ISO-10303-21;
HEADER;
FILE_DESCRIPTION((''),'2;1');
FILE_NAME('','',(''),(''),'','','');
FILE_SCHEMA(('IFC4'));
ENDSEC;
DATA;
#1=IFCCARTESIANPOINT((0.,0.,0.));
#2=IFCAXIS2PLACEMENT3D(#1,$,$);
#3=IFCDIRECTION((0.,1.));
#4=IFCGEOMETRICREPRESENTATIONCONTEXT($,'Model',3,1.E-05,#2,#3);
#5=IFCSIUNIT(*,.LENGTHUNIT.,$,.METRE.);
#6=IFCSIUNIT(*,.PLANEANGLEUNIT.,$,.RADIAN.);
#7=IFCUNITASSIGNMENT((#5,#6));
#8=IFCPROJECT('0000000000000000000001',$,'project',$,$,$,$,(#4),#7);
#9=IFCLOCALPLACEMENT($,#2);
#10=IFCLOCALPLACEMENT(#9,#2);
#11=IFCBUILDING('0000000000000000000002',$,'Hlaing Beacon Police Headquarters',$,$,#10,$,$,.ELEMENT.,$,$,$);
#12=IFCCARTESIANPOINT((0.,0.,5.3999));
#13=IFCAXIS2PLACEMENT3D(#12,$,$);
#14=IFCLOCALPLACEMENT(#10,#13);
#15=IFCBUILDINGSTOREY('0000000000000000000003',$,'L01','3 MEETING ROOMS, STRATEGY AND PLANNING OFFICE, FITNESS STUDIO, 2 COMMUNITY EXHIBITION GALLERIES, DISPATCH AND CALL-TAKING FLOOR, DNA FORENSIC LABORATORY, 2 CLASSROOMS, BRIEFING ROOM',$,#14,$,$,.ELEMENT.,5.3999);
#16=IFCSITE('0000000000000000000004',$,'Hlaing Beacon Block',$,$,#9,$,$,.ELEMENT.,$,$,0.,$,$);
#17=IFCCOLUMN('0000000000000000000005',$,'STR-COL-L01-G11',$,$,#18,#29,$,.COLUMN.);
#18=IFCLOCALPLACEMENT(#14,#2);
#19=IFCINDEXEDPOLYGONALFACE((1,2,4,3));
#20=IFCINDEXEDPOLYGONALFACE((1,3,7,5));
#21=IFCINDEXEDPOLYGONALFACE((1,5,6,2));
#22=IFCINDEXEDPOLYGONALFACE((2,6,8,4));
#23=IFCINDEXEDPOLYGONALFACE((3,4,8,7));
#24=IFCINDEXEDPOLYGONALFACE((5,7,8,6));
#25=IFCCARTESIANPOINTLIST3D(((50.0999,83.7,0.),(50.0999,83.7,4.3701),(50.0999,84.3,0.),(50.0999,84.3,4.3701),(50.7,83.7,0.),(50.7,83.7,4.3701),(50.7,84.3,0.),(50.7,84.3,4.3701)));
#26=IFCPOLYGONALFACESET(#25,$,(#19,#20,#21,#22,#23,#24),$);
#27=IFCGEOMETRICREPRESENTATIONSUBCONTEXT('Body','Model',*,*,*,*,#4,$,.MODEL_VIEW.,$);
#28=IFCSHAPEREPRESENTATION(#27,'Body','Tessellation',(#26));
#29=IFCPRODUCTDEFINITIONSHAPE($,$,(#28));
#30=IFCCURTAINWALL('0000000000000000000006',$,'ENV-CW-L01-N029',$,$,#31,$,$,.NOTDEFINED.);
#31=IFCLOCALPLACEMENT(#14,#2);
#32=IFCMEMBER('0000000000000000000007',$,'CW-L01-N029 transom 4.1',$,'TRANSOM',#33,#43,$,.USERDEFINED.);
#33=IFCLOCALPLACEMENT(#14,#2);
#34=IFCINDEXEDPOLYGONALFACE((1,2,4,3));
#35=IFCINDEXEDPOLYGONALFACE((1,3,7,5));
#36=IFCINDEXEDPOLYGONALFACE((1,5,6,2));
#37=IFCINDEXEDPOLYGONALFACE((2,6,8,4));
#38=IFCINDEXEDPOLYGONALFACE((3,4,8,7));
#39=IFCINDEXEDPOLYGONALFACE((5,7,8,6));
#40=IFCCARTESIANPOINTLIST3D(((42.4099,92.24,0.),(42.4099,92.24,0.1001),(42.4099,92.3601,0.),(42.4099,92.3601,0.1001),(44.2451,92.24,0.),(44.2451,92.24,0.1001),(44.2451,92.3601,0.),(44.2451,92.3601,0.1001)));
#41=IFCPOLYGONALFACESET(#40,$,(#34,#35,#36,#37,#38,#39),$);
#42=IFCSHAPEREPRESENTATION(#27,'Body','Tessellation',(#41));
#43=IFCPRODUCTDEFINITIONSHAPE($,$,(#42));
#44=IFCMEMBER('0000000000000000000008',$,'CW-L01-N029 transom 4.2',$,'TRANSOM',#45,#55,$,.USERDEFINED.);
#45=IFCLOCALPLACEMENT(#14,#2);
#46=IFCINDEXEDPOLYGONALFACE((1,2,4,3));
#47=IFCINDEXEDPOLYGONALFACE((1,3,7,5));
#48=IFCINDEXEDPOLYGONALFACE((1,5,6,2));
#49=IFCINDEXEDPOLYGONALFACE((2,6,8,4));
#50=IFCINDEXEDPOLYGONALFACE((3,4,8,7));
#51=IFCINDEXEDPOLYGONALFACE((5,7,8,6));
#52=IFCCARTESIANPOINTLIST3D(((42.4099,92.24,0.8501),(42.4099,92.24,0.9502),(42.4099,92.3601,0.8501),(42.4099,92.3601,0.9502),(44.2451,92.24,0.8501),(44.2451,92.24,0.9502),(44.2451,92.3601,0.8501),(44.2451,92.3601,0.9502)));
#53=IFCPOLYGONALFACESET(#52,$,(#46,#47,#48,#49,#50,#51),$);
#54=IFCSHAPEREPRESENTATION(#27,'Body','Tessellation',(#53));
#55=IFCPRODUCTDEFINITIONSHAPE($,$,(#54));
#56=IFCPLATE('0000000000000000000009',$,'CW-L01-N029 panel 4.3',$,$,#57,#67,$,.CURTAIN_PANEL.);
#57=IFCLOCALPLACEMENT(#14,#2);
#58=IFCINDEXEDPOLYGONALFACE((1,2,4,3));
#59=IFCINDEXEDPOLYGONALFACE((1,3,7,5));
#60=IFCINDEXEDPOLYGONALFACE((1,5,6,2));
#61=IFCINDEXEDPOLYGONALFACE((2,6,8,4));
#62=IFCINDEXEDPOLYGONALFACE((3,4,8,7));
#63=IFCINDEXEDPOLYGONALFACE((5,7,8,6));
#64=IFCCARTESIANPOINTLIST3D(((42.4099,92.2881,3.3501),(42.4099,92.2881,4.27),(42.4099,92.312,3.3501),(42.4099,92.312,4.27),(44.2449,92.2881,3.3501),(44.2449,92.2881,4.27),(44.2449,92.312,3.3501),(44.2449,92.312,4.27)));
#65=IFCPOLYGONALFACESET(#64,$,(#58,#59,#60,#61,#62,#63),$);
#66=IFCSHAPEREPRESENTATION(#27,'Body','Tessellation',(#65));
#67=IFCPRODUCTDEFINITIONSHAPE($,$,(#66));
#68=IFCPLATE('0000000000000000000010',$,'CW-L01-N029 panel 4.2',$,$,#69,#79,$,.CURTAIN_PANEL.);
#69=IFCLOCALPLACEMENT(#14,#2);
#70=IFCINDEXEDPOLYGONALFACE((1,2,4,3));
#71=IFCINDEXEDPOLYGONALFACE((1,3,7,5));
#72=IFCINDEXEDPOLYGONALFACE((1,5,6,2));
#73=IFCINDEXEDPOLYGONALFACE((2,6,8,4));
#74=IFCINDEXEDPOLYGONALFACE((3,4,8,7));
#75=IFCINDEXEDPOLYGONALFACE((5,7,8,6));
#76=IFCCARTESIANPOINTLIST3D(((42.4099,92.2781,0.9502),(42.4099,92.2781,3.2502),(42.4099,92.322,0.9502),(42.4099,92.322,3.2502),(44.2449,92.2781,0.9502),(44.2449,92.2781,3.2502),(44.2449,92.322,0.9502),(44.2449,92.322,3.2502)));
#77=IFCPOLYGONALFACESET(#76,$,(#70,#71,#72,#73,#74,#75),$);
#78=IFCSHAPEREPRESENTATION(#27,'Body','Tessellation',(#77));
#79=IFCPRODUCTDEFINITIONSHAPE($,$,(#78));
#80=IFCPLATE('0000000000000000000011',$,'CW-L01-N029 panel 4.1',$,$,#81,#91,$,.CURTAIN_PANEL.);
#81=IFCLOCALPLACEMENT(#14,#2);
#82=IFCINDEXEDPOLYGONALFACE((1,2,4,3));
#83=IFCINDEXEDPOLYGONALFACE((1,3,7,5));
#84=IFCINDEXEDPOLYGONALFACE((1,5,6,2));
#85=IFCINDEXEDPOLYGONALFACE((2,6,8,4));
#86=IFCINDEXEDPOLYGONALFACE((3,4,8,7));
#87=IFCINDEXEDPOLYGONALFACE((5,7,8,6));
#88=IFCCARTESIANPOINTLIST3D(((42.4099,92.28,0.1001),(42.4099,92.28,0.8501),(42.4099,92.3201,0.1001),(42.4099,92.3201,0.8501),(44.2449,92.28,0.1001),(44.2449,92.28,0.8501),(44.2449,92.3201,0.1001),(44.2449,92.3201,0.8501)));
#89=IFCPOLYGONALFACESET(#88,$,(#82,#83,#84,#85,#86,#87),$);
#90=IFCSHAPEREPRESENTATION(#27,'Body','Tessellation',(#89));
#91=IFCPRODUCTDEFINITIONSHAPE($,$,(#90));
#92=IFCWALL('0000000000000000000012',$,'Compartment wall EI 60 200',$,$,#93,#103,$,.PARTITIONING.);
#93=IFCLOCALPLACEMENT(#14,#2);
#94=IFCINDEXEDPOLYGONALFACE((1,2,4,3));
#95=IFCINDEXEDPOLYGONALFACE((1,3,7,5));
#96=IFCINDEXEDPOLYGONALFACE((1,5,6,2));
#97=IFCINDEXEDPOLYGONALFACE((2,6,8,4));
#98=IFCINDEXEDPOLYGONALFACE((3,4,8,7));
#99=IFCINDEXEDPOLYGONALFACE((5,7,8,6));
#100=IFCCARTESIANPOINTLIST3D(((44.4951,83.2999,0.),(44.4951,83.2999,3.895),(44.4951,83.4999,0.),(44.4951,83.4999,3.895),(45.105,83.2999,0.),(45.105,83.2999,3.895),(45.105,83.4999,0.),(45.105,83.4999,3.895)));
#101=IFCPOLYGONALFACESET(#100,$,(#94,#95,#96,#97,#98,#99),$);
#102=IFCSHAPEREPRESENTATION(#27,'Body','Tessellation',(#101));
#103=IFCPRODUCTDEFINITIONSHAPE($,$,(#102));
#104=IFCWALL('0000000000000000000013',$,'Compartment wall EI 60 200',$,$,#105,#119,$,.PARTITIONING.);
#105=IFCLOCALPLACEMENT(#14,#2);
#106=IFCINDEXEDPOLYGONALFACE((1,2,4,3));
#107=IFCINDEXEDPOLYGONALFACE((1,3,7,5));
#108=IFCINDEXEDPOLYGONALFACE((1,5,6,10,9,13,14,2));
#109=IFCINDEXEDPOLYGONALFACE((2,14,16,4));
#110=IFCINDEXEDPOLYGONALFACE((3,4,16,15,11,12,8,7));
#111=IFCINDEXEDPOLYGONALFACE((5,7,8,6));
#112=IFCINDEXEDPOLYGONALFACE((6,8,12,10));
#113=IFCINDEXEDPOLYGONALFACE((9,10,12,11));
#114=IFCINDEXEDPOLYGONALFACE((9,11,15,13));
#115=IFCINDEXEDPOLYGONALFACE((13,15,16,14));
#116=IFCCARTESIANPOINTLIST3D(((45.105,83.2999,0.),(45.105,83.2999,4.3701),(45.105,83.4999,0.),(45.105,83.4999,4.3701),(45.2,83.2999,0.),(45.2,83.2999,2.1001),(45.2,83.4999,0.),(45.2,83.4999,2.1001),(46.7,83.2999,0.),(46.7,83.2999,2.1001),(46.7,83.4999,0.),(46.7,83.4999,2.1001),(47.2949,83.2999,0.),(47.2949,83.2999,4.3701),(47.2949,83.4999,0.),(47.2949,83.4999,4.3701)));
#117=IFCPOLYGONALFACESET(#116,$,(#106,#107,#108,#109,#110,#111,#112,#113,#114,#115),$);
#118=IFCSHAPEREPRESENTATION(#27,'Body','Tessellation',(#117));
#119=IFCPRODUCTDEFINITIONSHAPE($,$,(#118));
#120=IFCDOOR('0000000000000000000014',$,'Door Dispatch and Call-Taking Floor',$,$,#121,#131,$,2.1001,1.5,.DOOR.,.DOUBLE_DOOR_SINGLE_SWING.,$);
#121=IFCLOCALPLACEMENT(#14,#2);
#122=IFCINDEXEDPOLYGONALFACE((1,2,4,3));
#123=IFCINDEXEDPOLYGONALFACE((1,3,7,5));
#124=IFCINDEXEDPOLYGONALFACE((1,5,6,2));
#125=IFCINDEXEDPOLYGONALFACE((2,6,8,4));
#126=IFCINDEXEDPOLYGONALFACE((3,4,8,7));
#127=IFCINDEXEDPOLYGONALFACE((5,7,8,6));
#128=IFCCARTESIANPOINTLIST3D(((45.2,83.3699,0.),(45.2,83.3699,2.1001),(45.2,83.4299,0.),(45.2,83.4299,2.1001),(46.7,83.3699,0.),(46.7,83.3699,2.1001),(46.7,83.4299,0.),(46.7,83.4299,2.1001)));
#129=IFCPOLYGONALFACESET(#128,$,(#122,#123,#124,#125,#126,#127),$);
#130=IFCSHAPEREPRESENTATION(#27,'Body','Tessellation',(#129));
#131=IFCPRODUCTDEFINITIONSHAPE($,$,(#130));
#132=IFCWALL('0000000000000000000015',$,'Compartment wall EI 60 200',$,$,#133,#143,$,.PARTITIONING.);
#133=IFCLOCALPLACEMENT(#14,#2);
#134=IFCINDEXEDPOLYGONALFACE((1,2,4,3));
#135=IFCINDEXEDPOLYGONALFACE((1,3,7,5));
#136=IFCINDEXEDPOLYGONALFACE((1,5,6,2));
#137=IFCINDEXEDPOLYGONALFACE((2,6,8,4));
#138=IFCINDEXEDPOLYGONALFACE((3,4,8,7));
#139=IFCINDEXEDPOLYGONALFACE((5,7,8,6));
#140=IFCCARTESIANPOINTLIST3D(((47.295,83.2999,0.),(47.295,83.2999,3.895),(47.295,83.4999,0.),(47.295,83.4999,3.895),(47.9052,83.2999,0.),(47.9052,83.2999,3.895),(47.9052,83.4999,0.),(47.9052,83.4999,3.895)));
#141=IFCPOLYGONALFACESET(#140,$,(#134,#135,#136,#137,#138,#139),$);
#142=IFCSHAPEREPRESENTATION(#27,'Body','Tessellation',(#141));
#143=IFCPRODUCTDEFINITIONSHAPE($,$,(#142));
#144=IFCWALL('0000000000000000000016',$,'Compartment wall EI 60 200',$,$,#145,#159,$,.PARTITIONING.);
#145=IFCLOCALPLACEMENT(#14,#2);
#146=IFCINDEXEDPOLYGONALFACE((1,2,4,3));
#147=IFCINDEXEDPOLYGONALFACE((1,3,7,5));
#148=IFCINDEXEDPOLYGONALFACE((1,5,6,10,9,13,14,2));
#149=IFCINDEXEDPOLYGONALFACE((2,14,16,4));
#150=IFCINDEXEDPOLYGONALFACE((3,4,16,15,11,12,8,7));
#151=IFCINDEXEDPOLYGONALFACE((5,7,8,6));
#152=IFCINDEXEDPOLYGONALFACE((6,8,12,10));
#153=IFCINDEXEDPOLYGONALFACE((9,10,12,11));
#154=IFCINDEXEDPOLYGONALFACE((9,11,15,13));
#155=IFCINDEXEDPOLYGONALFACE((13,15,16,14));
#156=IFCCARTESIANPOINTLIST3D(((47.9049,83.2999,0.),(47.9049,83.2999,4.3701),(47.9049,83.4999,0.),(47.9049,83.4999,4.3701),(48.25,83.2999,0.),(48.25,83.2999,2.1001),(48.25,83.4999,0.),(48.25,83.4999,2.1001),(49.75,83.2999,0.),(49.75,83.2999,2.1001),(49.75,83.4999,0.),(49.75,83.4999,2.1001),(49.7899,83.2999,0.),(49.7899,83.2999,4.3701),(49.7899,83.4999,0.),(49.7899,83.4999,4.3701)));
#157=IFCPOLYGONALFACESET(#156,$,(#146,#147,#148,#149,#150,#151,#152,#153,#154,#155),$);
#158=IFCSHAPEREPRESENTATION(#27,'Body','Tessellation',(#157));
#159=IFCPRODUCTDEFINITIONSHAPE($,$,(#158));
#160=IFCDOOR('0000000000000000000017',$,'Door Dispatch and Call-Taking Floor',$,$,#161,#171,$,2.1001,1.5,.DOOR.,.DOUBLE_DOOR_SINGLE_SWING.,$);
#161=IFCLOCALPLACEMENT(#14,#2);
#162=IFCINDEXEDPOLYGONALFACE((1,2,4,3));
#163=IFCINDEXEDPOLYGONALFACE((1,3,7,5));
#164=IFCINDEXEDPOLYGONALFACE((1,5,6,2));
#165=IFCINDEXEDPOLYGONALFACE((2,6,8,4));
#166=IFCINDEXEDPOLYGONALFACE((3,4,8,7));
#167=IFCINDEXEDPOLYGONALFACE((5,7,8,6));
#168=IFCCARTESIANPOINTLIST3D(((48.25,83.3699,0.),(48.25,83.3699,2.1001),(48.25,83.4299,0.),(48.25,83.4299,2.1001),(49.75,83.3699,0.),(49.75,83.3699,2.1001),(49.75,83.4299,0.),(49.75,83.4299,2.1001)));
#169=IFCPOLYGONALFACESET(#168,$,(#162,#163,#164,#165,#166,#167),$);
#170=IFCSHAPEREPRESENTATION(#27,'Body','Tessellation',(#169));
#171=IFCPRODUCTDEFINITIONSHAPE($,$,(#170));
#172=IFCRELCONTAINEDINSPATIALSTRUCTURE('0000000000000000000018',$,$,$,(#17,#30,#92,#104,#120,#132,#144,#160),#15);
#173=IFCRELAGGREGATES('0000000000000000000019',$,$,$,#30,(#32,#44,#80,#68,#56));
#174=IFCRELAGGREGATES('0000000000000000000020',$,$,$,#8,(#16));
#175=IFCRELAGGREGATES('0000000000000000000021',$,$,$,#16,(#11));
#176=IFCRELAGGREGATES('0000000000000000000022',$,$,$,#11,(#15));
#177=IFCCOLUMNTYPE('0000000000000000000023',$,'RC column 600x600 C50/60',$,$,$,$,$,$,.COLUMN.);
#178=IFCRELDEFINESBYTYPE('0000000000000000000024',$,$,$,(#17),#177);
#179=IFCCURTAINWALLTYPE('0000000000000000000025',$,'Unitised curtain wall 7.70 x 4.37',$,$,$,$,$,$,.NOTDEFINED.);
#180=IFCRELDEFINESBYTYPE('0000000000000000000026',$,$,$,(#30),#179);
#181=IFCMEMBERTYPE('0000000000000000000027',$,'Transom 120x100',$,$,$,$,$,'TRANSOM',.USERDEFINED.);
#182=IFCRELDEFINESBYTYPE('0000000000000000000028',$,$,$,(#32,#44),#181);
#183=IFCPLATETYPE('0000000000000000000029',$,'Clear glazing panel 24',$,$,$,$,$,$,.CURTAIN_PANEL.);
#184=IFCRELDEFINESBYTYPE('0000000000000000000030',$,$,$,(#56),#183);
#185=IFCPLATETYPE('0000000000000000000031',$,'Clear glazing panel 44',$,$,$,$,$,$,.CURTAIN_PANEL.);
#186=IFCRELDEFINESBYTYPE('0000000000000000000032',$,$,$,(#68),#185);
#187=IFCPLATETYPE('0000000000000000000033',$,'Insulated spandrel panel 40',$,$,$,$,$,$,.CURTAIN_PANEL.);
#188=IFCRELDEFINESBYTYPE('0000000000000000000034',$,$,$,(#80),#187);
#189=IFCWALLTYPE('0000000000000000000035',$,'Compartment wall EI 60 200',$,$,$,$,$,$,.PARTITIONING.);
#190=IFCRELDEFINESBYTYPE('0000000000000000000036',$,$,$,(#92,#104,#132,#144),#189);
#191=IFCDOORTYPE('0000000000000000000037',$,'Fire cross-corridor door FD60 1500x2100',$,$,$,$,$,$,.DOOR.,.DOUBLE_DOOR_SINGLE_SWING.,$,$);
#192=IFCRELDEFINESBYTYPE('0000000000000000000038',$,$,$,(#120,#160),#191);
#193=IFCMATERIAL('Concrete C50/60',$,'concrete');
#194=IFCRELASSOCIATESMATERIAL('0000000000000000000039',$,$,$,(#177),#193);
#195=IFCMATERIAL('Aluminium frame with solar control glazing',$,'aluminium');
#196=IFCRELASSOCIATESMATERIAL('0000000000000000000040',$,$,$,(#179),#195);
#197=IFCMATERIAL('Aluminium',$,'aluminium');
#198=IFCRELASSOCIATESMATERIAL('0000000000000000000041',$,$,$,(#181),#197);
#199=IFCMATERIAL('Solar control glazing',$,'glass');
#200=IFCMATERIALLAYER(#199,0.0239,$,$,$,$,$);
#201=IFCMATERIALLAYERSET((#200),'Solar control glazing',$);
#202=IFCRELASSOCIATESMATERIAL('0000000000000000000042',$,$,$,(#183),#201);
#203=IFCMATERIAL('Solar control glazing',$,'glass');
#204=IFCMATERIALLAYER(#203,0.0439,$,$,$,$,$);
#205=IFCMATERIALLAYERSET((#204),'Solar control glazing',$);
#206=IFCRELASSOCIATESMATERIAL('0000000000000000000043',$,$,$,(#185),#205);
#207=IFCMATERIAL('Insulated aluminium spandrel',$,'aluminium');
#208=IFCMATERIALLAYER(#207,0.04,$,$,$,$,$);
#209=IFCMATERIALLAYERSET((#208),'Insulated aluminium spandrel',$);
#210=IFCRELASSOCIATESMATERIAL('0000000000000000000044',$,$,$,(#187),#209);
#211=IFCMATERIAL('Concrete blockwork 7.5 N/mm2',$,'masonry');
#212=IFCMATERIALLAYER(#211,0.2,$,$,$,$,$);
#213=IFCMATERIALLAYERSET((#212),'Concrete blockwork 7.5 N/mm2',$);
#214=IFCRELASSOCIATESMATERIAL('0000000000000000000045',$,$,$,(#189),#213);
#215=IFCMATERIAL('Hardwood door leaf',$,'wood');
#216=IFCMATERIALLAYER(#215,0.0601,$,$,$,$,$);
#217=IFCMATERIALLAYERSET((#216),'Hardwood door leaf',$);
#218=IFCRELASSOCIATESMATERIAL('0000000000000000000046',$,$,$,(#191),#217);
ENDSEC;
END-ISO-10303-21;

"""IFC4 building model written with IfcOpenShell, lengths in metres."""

from ifc_helpers import new_model, si_unit, direction, frame, frame_2d, origin, origin_2d, place, context, subcontext, project, spatial, rectangle, extrude, material, layer, layer_set, material_profile, profile_set, type_object, element, fill, aggregate, save


model = new_model("IFC4")

# Units and contexts
model_context = context("Model", 3, precision=1e-05, world=origin(), true_north=direction((0.0, 1.0)))
body_context = subcontext(model_context, "Body", "Model", "MODEL_VIEW")
ifc_project = project(units=[si_unit("LENGTHUNIT", "METRE"), si_unit("PLANEANGLEUNIT", "RADIAN")], contexts=[model_context])

# Site, building, storey
site_placement = place(None, origin())
site = spatial("IfcSite", under=ifc_project, at=site_placement, Name="Hlaing Beacon Block", CompositionType="ELEMENT", RefElevation=0.0)
building_placement = place(site_placement, origin())
building = spatial("IfcBuilding", under=site, at=building_placement, Name="Hlaing Beacon Police Headquarters", CompositionType="ELEMENT")
storey_placement = place(building_placement, frame((0.0, 0.0, 5.3999)))
storey = spatial("IfcBuildingStorey", under=building, at=storey_placement, Name="L01", Description="3 MEETING ROOMS, STRATEGY AND PLANNING OFFICE, FITNESS STUDIO, 2 COMMUNITY EXHIBITION GALLERIES, DISPATCH AND CALL-TAKING FLOOR, DNA FORENSIC LABORATORY, 2 CLASSROOMS, BRIEFING ROOM", CompositionType="ELEMENT", Elevation=5.3999)

# Column
ifc_material_1 = material(Name="Concrete C50/60", Category="concrete")
ifc_material_profile_1 = material_profile(ifc_material_1, rectangle(XDim=0.6001, YDim=0.6001, at=origin_2d()), Name="600x600")
ifc_profile_set_1 = profile_set([ifc_material_profile_1], Name="Concrete C50/60")
column_type = type_object("IfcColumnType", Name="RC column 600x600 C50/60", PredefinedType="COLUMN", material=ifc_profile_set_1)
column_placement = place(storey_placement, frame((50.3999, 84.0, 0.0), z_axis=(0.0, 0.0, 1.0), x_axis=(1.0, 0.0, 0.0)))
element("IfcColumn", 1, at=column_placement, inside=storey, type_object=column_type, Name="STR-COL-L01-G11", PredefinedType="COLUMN", context=body_context, shape_type="SweptSolid", body=[
    extrude(rectangle(XDim=0.6001, YDim=0.6001, at=origin_2d()), origin(), (0.0, 0.0, 1.0), 4.3701),
])

# Curtain wall, members, plates
ifc_material_2 = material(Name="Aluminium frame with solar control glazing", Category="aluminium")
curtain_wall_type = type_object("IfcCurtainWallType", Name="Unitised curtain wall 7.70 x 4.37", PredefinedType="NOTDEFINED", material=ifc_material_2)
curtain_wall_placement = place(storey_placement, origin())
curtain_wall = element("IfcCurtainWall", 2, at=curtain_wall_placement, inside=storey, type_object=curtain_wall_type, Name="ENV-CW-L01-N029", PredefinedType="NOTDEFINED")
ifc_material_3 = material(Name="Aluminium", Category="aluminium")
ifc_material_profile_2 = material_profile(ifc_material_3, rectangle(XDim=0.1201, YDim=0.1001, at=origin_2d()), Name="Transom 120x100")
ifc_profile_set_2 = profile_set([ifc_material_profile_2], Name="Aluminium")
member_type = type_object("IfcMemberType", Name="Transom 120x100", ElementType="TRANSOM", PredefinedType="USERDEFINED", material=ifc_profile_set_2)
member_1_placement = place(storey_placement, frame((44.2451, 92.3, 0.05), z_axis=(-1.0, 0.0, 0.0), x_axis=(0.0, -1.0, 0.0)))
member_1 = element("IfcMember", 3, at=member_1_placement, type_object=member_type, Name="CW-L01-N029 transom 4.1", ObjectType="TRANSOM", PredefinedType="USERDEFINED", context=body_context, shape_type="SweptSolid", body=[
    extrude(rectangle(XDim=0.1201, YDim=0.1001, at=origin_2d()), origin(), (0.0, 0.0, 1.0), 1.8352),
])
member_2_placement = place(storey_placement, frame((44.2451, 92.3, 0.9001), z_axis=(-1.0, 0.0, 0.0), x_axis=(0.0, -1.0, 0.0)))
member_2 = element("IfcMember", 4, at=member_2_placement, type_object=member_type, Name="CW-L01-N029 transom 4.2", ObjectType="TRANSOM", PredefinedType="USERDEFINED", context=body_context, shape_type="SweptSolid", body=[
    extrude(rectangle(XDim=0.1201, YDim=0.1001, at=origin_2d()), origin(), (0.0, 0.0, 1.0), 1.8352),
])
ifc_material_4 = material(Name="Solar control glazing", Category="glass")
ifc_layer_1 = layer(ifc_material_4, 0.0239)
ifc_layer_set_1 = layer_set([ifc_layer_1], Name="Solar control glazing")
plate_type_1 = type_object("IfcPlateType", Name="Clear glazing panel 24", PredefinedType="CURTAIN_PANEL", material=ifc_layer_set_1)
plate_1_placement = place(storey_placement, frame((43.3274, 92.3, 3.3501), z_axis=(0.0, 0.0, 1.0), x_axis=(-1.0, 0.0, 0.0)))
plate_1 = element("IfcPlate", 5, at=plate_1_placement, type_object=plate_type_1, Name="CW-L01-N029 panel 4.3", PredefinedType="CURTAIN_PANEL", context=body_context, shape_type="SweptSolid", body=[
    extrude(rectangle(XDim=1.835, YDim=0.0239, at=origin_2d()), origin(), (0.0, 0.0, 1.0), 0.9199),
])
ifc_material_5 = material(Name="Solar control glazing", Category="glass")
ifc_layer_2 = layer(ifc_material_5, 0.0439)
ifc_layer_set_2 = layer_set([ifc_layer_2], Name="Solar control glazing")
plate_type_2 = type_object("IfcPlateType", Name="Clear glazing panel 44", PredefinedType="CURTAIN_PANEL", material=ifc_layer_set_2)
plate_2_placement = place(storey_placement, frame((43.3274, 92.3, 0.9502), z_axis=(0.0, 0.0, 1.0), x_axis=(-1.0, 0.0, 0.0)))
plate_2 = element("IfcPlate", 6, at=plate_2_placement, type_object=plate_type_2, Name="CW-L01-N029 panel 4.2", PredefinedType="CURTAIN_PANEL", context=body_context, shape_type="SweptSolid", body=[
    extrude(rectangle(XDim=1.835, YDim=0.0439, at=origin_2d()), origin(), (0.0, 0.0, 1.0), 2.3),
])
ifc_material_6 = material(Name="Insulated aluminium spandrel", Category="aluminium")
ifc_layer_3 = layer(ifc_material_6, 0.04)
ifc_layer_set_3 = layer_set([ifc_layer_3], Name="Insulated aluminium spandrel")
plate_type_3 = type_object("IfcPlateType", Name="Insulated spandrel panel 40", PredefinedType="CURTAIN_PANEL", material=ifc_layer_set_3)
plate_3_placement = place(storey_placement, frame((43.3274, 92.3, 0.1001), z_axis=(0.0, 0.0, 1.0), x_axis=(-1.0, 0.0, 0.0)))
plate_3 = element("IfcPlate", 7, at=plate_3_placement, type_object=plate_type_3, Name="CW-L01-N029 panel 4.1", PredefinedType="CURTAIN_PANEL", context=body_context, shape_type="SweptSolid", body=[
    extrude(rectangle(XDim=1.835, YDim=0.04, at=origin_2d()), origin(), (0.0, 0.0, 1.0), 0.75),
])
aggregate(curtain_wall, [member_1, member_2, plate_3, plate_2, plate_1])

# Wall
ifc_material_7 = material(Name="Concrete blockwork 7.5 N/mm2", Category="masonry")
ifc_layer_4 = layer(ifc_material_7, 0.2)
ifc_layer_set_4 = layer_set([ifc_layer_4], Name="Concrete blockwork 7.5 N/mm2")
wall_type_1 = type_object("IfcWallType", Name="Compartment wall EI 60 200", PredefinedType="PARTITIONING", material=ifc_layer_set_4)
wall_1_placement = place(storey_placement, frame((44.4951, 83.3999, 0.0), z_axis=(0.0, 0.0, 1.0), x_axis=(1.0, 0.0, 0.0)))
element("IfcWall", 8, at=wall_1_placement, inside=storey, type_object=wall_type_1, Name="Compartment wall EI 60 200", PredefinedType="PARTITIONING", context=body_context, shape_type="SweptSolid", body=[
    extrude(rectangle(XDim=0.6099, YDim=0.2, at=frame_2d((0.3049, 0.0))), origin(), (0.0, 0.0, 1.0), 3.895),
])

# Wall, opening, door
wall_2_placement = place(storey_placement, frame((45.105, 83.3999, 0.0), z_axis=(0.0, 0.0, 1.0), x_axis=(1.0, 0.0, 0.0)))
wall_2 = element("IfcWall", 9, at=wall_2_placement, inside=storey, type_object=wall_type_1, Name="Compartment wall EI 60 200", PredefinedType="PARTITIONING", context=body_context, shape_type="SweptSolid", body=[
    extrude(rectangle(XDim=2.1899, YDim=0.2, at=frame_2d((1.095, 0.0))), origin(), (0.0, 0.0, 1.0), 4.3701),
])
opening_1_placement = place(wall_2_placement, frame((0.095, 0.0, 0.0)))
opening_1 = element("IfcOpeningElement", 10, at=opening_1_placement, cuts=wall_2, PredefinedType="OPENING", context=body_context, shape_type="SweptSolid", body=[
    extrude(rectangle(XDim=1.5, YDim=2.1001, at=frame_2d((0.75, 1.05))), frame((0.0, 0.1099, 0.0), z_axis=(0.0, -1.0, 0.0), x_axis=(1.0, 0.0, 0.0)), (0.0, 0.0, 1.0), 0.22),
])
ifc_material_8 = material(Name="Hardwood door leaf", Category="wood")
ifc_layer_5 = layer(ifc_material_8, 0.0601)
ifc_layer_set_5 = layer_set([ifc_layer_5], Name="Hardwood door leaf")
door_type_1 = type_object("IfcDoorType", Name="Fire cross-corridor door FD60 1500x2100", OperationType="DOUBLE_DOOR_SINGLE_SWING", PredefinedType="DOOR", material=ifc_layer_set_5)
door_1_placement = place(opening_1_placement, origin())
door_1 = element("IfcDoor", 11, at=door_1_placement, inside=storey, type_object=door_type_1, Name="Door Dispatch and Call-Taking Floor", OperationType="DOUBLE_DOOR_SINGLE_SWING", OverallHeight=2.1001, OverallWidth=1.5, PredefinedType="DOOR", context=body_context, shape_type="SweptSolid", body=[
    extrude(rectangle(XDim=1.5, YDim=2.1001, at=frame_2d((0.75, 1.05))), frame((0.0, 0.03, 0.0), z_axis=(0.0, -1.0, 0.0), x_axis=(1.0, 0.0, 0.0)), (0.0, 0.0, 1.0), 0.0601),
])
fill(opening_1, door_1)

# Wall
wall_3_placement = place(storey_placement, frame((47.2949, 83.3999, 0.0), z_axis=(0.0, 0.0, 1.0), x_axis=(1.0, 0.0, 0.0)))
element("IfcWall", 12, at=wall_3_placement, inside=storey, type_object=wall_type_1, Name="Compartment wall EI 60 200", PredefinedType="PARTITIONING", context=body_context, shape_type="SweptSolid", body=[
    extrude(rectangle(XDim=0.6101, YDim=0.2, at=frame_2d((0.3052, 0.0))), origin(), (0.0, 0.0, 1.0), 3.895),
])

# Wall, opening, door
wall_4_placement = place(storey_placement, frame((47.905, 83.3999, 0.0), z_axis=(0.0, 0.0, 1.0), x_axis=(1.0, 0.0, 0.0)))
wall_4 = element("IfcWall", 13, at=wall_4_placement, inside=storey, type_object=wall_type_1, Name="Compartment wall EI 60 200", PredefinedType="PARTITIONING", context=body_context, shape_type="SweptSolid", body=[
    extrude(rectangle(XDim=1.885, YDim=0.2, at=frame_2d((0.9424, 0.0))), origin(), (0.0, 0.0, 1.0), 4.3701),
])
opening_2_placement = place(wall_4_placement, frame((0.345, 0.0, 0.0)))
opening_2 = element("IfcOpeningElement", 14, at=opening_2_placement, cuts=wall_4, PredefinedType="OPENING", context=body_context, shape_type="SweptSolid", body=[
    extrude(rectangle(XDim=1.5, YDim=2.1001, at=frame_2d((0.75, 1.05))), frame((0.0, 0.1099, 0.0), z_axis=(0.0, -1.0, 0.0), x_axis=(1.0, 0.0, 0.0)), (0.0, 0.0, 1.0), 0.22),
])
door_2_placement = place(opening_2_placement, origin())
door_2 = element("IfcDoor", 15, at=door_2_placement, inside=storey, type_object=door_type_1, Name="Door Dispatch and Call-Taking Floor", OperationType="DOUBLE_DOOR_SINGLE_SWING", OverallHeight=2.1001, OverallWidth=1.5, PredefinedType="DOOR", context=body_context, shape_type="SweptSolid", body=[
    extrude(rectangle(XDim=1.5, YDim=2.1001, at=frame_2d((0.75, 1.05))), frame((0.0, 0.03, 0.0), z_axis=(0.0, -1.0, 0.0), x_axis=(1.0, 0.0, 0.0)), (0.0, 0.0, 1.0), 0.0601),
])
fill(opening_2, door_2)

save(model, "model.ifc")
